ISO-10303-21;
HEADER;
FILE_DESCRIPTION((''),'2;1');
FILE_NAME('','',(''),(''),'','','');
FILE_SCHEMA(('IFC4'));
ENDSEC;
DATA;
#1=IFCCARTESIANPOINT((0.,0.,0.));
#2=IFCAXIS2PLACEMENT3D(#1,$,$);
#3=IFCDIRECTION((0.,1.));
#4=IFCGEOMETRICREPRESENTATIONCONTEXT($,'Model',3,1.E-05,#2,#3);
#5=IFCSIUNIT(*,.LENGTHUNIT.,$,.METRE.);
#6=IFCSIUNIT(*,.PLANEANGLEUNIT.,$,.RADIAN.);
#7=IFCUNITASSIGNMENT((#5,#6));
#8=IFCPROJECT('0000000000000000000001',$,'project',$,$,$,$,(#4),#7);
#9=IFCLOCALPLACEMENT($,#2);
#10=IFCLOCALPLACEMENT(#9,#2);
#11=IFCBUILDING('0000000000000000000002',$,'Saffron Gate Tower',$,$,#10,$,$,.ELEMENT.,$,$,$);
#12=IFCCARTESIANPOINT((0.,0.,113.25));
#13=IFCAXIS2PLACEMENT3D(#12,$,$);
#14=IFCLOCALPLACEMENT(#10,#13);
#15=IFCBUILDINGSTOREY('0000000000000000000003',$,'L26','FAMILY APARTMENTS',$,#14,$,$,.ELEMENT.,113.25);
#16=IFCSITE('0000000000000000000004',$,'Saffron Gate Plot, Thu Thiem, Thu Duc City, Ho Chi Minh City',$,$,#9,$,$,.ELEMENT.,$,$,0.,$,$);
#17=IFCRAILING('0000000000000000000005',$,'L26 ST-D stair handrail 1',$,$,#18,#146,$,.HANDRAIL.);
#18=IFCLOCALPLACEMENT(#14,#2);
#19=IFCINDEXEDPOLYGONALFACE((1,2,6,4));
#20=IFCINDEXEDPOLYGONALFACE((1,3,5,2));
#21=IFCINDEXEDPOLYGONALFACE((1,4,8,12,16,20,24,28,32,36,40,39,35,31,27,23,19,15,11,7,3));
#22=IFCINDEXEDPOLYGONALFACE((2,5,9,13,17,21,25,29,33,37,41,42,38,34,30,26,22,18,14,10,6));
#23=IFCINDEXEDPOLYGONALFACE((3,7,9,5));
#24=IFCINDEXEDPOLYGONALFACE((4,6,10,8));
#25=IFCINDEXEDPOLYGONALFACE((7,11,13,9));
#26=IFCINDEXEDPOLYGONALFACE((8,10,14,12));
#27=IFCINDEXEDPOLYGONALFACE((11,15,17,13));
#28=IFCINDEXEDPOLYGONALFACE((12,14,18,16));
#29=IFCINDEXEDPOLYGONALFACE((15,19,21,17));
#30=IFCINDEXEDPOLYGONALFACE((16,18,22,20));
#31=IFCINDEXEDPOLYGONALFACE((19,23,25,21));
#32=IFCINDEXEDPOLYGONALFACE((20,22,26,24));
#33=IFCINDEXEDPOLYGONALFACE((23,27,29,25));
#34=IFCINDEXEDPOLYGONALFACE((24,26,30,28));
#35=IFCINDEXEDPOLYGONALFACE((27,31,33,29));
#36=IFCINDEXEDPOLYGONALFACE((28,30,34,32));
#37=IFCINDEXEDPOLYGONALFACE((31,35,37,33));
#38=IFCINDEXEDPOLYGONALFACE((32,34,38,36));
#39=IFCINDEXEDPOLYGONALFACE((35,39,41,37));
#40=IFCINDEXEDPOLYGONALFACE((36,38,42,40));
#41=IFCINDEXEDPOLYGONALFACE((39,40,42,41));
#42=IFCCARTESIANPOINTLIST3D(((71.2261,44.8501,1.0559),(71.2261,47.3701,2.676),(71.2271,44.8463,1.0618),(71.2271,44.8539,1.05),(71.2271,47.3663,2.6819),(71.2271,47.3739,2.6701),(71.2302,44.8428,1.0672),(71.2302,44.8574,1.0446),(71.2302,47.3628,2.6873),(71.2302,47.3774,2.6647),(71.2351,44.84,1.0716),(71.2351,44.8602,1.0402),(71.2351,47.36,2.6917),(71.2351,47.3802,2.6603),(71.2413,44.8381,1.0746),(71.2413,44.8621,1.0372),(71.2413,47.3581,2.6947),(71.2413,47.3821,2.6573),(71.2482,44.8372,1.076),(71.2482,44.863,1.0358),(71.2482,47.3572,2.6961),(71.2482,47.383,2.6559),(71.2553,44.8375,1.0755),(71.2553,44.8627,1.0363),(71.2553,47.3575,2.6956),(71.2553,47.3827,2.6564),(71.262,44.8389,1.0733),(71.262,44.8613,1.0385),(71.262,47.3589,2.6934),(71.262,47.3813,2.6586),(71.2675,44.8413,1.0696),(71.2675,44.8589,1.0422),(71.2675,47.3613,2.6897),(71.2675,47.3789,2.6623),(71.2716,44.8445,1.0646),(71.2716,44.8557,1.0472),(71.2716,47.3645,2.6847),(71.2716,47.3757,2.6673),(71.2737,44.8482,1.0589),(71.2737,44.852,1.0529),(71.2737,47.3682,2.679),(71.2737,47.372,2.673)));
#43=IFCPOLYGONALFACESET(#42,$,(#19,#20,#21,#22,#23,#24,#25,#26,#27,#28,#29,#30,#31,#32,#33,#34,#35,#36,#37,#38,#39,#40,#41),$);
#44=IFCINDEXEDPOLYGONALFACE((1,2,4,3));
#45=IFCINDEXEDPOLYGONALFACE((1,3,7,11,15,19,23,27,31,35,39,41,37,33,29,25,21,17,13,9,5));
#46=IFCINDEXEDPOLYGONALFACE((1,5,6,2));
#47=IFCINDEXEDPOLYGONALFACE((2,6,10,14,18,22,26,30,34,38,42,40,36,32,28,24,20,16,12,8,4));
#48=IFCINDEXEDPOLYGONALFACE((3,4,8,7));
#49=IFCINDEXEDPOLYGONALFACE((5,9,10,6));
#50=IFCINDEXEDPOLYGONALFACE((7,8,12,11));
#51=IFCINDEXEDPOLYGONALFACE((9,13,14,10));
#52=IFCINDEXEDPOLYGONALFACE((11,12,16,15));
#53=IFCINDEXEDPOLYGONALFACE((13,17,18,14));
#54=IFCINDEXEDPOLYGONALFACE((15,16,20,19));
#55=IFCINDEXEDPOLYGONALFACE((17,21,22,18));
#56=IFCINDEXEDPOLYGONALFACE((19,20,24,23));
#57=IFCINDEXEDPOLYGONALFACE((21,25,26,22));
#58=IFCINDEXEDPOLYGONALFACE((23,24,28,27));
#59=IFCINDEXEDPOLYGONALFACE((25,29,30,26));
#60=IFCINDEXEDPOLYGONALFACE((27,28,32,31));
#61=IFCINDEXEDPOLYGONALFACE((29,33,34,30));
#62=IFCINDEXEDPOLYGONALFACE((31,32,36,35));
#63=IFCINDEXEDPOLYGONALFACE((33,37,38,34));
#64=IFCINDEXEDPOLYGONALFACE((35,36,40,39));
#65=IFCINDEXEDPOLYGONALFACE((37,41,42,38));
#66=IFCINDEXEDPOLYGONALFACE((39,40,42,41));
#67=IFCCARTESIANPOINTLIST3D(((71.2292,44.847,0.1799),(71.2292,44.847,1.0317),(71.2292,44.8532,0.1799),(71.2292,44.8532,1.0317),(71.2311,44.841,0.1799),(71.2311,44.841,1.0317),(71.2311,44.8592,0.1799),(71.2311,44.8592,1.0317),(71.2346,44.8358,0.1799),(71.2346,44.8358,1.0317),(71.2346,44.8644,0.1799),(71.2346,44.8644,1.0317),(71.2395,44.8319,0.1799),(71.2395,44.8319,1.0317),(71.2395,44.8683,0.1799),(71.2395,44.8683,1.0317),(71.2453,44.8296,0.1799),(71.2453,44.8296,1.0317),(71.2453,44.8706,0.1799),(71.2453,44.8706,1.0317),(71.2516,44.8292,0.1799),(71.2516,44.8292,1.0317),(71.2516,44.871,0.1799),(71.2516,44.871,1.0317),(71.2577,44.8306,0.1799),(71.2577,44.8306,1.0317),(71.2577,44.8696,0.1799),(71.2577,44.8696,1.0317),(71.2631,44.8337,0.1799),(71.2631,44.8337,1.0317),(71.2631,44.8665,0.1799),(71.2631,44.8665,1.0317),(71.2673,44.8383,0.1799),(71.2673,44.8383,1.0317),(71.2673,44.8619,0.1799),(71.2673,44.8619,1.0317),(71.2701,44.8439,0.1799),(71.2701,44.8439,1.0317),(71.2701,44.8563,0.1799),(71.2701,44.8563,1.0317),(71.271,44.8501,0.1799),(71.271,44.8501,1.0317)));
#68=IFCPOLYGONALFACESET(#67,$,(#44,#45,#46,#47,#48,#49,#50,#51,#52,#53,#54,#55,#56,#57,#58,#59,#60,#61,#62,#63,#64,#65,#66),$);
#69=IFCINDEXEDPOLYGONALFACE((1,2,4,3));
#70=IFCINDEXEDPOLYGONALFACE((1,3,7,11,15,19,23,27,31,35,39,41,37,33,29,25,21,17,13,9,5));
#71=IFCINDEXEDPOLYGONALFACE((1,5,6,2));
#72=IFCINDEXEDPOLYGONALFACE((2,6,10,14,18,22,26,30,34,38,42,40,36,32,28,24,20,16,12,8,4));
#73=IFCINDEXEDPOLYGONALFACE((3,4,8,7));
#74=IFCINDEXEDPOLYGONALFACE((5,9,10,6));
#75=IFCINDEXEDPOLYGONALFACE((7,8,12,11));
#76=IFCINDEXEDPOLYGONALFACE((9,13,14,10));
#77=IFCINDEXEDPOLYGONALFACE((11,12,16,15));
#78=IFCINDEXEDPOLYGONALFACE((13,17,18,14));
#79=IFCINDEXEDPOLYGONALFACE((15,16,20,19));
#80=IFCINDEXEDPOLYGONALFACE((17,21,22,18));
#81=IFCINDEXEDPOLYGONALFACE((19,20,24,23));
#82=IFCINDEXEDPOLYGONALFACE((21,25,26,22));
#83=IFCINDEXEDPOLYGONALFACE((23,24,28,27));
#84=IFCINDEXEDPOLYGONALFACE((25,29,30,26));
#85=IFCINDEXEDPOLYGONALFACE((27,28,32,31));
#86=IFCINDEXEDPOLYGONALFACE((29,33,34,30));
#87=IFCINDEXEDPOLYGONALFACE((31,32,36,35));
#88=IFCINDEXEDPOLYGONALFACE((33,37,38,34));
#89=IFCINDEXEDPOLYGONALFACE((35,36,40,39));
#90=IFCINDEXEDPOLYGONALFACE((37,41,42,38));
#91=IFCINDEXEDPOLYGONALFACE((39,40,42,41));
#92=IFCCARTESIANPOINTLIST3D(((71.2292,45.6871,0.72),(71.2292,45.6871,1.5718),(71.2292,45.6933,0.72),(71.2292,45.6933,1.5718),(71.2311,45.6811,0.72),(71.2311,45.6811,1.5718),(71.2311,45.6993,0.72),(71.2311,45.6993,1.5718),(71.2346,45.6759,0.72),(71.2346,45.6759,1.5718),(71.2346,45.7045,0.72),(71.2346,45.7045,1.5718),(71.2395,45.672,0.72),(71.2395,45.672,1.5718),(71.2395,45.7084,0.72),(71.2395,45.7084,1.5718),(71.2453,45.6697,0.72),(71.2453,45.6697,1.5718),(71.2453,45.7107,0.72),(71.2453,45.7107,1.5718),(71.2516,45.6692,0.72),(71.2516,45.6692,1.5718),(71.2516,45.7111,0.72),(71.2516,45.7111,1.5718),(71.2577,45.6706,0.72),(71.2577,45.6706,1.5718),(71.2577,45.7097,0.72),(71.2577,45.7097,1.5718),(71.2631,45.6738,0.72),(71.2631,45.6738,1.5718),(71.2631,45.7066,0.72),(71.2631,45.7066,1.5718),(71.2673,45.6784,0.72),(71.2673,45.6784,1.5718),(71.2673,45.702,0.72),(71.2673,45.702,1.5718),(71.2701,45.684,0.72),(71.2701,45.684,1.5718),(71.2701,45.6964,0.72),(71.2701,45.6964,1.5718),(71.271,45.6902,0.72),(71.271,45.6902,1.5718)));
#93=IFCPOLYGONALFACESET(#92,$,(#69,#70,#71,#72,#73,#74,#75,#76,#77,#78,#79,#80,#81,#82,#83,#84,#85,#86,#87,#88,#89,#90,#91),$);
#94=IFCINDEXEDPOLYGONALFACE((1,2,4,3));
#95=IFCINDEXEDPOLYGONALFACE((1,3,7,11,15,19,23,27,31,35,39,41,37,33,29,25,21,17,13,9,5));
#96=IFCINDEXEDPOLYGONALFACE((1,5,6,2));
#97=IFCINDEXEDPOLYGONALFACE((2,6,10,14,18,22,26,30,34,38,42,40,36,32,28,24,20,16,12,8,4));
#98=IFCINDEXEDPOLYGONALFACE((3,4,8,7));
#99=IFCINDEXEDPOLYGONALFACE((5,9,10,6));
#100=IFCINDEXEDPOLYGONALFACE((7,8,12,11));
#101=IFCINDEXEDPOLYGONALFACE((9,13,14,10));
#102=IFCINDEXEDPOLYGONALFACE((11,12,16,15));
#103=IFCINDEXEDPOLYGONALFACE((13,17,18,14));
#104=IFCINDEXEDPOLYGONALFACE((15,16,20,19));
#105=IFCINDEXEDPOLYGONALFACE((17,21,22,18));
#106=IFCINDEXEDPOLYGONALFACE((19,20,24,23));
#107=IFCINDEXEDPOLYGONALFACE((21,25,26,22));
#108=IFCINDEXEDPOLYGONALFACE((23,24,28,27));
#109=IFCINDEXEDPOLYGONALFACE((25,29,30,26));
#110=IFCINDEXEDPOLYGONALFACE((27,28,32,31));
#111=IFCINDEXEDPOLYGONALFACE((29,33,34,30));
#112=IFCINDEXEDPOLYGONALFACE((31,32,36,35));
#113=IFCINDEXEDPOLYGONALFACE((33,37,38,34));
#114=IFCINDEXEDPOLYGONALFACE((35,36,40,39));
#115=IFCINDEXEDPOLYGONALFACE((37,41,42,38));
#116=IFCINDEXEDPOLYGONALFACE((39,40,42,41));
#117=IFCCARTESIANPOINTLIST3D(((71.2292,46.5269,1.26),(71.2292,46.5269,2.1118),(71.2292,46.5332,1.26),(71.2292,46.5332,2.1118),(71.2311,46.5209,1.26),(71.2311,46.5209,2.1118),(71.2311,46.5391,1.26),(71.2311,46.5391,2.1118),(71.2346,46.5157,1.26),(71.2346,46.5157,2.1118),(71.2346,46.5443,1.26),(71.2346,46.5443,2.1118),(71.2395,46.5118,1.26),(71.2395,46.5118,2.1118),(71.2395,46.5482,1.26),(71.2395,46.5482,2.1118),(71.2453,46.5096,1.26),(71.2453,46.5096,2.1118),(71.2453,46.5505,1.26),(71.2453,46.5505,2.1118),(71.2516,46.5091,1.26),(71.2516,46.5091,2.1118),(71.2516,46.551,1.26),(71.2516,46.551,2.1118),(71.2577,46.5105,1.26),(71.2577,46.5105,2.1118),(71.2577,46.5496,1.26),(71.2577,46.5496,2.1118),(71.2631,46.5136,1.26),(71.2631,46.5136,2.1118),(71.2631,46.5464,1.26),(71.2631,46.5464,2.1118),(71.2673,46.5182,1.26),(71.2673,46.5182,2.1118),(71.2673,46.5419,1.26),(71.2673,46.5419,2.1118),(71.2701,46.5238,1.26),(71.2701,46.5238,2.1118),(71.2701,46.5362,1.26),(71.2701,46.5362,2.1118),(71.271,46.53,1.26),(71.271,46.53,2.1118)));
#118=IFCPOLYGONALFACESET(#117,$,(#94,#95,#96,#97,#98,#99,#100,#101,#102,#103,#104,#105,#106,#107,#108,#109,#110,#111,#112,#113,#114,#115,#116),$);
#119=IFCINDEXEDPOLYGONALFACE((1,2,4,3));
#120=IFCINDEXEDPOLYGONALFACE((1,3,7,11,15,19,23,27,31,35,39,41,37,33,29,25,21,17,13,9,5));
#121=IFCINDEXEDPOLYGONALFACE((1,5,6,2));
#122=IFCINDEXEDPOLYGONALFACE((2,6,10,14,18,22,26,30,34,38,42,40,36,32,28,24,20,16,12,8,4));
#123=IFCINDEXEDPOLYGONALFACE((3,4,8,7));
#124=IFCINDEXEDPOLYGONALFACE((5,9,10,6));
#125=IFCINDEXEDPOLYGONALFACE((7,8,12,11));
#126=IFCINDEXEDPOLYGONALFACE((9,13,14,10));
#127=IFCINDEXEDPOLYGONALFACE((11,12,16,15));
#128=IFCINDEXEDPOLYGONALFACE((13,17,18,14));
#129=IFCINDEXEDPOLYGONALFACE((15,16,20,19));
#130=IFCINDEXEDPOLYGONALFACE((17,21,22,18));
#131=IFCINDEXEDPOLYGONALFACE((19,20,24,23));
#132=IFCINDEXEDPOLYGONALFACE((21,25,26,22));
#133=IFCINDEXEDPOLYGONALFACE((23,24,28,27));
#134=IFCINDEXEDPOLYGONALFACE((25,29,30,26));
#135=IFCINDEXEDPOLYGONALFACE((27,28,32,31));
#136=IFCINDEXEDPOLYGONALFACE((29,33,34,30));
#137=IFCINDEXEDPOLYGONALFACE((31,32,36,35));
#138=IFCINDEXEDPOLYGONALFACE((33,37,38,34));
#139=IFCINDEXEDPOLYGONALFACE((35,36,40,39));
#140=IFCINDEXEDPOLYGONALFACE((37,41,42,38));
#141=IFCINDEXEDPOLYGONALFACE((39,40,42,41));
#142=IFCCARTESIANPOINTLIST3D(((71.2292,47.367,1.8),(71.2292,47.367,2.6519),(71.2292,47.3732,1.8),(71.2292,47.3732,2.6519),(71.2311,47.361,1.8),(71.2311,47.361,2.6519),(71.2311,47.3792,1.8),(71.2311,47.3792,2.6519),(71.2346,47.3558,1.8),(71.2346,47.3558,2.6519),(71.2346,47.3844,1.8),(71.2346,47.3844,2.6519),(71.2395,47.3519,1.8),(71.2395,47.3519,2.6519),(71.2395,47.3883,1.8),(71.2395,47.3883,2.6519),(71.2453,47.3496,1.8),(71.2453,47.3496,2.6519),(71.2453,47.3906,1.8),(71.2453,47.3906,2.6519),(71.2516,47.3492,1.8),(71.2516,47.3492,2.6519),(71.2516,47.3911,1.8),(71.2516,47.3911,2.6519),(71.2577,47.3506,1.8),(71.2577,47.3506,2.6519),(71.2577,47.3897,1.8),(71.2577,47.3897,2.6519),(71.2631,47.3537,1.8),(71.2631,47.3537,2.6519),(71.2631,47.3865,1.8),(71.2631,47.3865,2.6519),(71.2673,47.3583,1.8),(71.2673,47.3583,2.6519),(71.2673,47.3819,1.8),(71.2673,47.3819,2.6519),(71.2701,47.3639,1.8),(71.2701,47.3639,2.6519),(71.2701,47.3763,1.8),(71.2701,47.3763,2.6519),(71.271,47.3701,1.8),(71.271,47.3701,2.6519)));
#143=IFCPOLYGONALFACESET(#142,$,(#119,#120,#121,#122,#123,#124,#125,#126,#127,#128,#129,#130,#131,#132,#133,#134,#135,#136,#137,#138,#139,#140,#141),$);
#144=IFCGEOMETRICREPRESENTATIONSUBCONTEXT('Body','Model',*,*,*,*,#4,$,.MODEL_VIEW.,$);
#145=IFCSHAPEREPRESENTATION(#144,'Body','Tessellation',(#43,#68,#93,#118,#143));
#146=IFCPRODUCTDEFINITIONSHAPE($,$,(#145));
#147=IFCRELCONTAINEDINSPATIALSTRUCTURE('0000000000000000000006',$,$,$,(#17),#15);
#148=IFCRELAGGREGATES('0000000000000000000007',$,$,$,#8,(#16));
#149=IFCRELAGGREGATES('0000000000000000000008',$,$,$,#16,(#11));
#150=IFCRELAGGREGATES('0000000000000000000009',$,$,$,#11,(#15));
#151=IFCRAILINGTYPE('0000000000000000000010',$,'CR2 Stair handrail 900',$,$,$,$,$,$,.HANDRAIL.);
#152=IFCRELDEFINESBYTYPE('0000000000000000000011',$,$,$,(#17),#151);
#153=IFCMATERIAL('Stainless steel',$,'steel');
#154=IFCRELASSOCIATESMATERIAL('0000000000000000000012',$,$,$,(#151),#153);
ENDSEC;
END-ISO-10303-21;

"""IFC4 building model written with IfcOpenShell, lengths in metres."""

from ifc_helpers import new_model, si_unit, direction, frame, origin, origin_2d, place, context, subcontext, project, spatial, circle, extrude, material, type_object, element, save


model = new_model("IFC4")

# Units and contexts
model_context = context("Model", 3, precision=1e-05, world=origin(), true_north=direction((0.0, 1.0)))
body_context = subcontext(model_context, "Body", "Model", "MODEL_VIEW")
ifc_project = project(units=[si_unit("LENGTHUNIT", "METRE"), si_unit("PLANEANGLEUNIT", "RADIAN")], contexts=[model_context])

# Site, building, storey
site_placement = place(None, origin())
site = spatial("IfcSite", under=ifc_project, at=site_placement, Name="Saffron Gate Plot, Thu Thiem, Thu Duc City, Ho Chi Minh City", CompositionType="ELEMENT", RefElevation=0.0)
building_placement = place(site_placement, origin())
building = spatial("IfcBuilding", under=site, at=building_placement, Name="Saffron Gate Tower", CompositionType="ELEMENT")
storey_placement = place(building_placement, frame((0.0, 0.0, 113.25)))
storey = spatial("IfcBuildingStorey", under=building, at=storey_placement, Name="L26", Description="FAMILY APARTMENTS", CompositionType="ELEMENT", Elevation=113.25)

# Railing
ifc_material_1 = material(Name="Stainless steel", Category="steel")
railing_type_1 = type_object("IfcRailingType", Name="CR2 Stair handrail 900", PredefinedType="HANDRAIL", material=ifc_material_1)
railing_1_placement = place(storey_placement, frame((71.25, 44.8501, 0.1799)))
element("IfcRailing", 1, at=railing_1_placement, inside=storey, type_object=railing_type_1, Name="L26 ST-D stair handrail 1", PredefinedType="HANDRAIL", context=body_context, shape_type="SweptSolid", body=[
    extrude(circle(Radius=0.0239, at=origin_2d()), frame((0.0, 0.0, 0.876), z_axis=(0.0, 0.841163, 0.540782), x_axis=(-1.0, 0.0, 0.0)), (0.0, 0.0, 1.0), 2.9958),
    extrude(circle(Radius=0.021, at=origin_2d()), origin(), (0.0, 0.0, 1.0), 0.8518),
    extrude(circle(Radius=0.021, at=origin_2d()), frame((0.0, 0.8401, 0.54)), (0.0, 0.0, 1.0), 0.8518),
    extrude(circle(Radius=0.021, at=origin_2d()), frame((0.0, 1.6799, 1.0801)), (0.0, 0.0, 1.0), 0.8518),
    extrude(circle(Radius=0.021, at=origin_2d()), frame((0.0, 2.52, 1.6201)), (0.0, 0.0, 1.0), 0.8518),
])

save(model, "model.ifc")
